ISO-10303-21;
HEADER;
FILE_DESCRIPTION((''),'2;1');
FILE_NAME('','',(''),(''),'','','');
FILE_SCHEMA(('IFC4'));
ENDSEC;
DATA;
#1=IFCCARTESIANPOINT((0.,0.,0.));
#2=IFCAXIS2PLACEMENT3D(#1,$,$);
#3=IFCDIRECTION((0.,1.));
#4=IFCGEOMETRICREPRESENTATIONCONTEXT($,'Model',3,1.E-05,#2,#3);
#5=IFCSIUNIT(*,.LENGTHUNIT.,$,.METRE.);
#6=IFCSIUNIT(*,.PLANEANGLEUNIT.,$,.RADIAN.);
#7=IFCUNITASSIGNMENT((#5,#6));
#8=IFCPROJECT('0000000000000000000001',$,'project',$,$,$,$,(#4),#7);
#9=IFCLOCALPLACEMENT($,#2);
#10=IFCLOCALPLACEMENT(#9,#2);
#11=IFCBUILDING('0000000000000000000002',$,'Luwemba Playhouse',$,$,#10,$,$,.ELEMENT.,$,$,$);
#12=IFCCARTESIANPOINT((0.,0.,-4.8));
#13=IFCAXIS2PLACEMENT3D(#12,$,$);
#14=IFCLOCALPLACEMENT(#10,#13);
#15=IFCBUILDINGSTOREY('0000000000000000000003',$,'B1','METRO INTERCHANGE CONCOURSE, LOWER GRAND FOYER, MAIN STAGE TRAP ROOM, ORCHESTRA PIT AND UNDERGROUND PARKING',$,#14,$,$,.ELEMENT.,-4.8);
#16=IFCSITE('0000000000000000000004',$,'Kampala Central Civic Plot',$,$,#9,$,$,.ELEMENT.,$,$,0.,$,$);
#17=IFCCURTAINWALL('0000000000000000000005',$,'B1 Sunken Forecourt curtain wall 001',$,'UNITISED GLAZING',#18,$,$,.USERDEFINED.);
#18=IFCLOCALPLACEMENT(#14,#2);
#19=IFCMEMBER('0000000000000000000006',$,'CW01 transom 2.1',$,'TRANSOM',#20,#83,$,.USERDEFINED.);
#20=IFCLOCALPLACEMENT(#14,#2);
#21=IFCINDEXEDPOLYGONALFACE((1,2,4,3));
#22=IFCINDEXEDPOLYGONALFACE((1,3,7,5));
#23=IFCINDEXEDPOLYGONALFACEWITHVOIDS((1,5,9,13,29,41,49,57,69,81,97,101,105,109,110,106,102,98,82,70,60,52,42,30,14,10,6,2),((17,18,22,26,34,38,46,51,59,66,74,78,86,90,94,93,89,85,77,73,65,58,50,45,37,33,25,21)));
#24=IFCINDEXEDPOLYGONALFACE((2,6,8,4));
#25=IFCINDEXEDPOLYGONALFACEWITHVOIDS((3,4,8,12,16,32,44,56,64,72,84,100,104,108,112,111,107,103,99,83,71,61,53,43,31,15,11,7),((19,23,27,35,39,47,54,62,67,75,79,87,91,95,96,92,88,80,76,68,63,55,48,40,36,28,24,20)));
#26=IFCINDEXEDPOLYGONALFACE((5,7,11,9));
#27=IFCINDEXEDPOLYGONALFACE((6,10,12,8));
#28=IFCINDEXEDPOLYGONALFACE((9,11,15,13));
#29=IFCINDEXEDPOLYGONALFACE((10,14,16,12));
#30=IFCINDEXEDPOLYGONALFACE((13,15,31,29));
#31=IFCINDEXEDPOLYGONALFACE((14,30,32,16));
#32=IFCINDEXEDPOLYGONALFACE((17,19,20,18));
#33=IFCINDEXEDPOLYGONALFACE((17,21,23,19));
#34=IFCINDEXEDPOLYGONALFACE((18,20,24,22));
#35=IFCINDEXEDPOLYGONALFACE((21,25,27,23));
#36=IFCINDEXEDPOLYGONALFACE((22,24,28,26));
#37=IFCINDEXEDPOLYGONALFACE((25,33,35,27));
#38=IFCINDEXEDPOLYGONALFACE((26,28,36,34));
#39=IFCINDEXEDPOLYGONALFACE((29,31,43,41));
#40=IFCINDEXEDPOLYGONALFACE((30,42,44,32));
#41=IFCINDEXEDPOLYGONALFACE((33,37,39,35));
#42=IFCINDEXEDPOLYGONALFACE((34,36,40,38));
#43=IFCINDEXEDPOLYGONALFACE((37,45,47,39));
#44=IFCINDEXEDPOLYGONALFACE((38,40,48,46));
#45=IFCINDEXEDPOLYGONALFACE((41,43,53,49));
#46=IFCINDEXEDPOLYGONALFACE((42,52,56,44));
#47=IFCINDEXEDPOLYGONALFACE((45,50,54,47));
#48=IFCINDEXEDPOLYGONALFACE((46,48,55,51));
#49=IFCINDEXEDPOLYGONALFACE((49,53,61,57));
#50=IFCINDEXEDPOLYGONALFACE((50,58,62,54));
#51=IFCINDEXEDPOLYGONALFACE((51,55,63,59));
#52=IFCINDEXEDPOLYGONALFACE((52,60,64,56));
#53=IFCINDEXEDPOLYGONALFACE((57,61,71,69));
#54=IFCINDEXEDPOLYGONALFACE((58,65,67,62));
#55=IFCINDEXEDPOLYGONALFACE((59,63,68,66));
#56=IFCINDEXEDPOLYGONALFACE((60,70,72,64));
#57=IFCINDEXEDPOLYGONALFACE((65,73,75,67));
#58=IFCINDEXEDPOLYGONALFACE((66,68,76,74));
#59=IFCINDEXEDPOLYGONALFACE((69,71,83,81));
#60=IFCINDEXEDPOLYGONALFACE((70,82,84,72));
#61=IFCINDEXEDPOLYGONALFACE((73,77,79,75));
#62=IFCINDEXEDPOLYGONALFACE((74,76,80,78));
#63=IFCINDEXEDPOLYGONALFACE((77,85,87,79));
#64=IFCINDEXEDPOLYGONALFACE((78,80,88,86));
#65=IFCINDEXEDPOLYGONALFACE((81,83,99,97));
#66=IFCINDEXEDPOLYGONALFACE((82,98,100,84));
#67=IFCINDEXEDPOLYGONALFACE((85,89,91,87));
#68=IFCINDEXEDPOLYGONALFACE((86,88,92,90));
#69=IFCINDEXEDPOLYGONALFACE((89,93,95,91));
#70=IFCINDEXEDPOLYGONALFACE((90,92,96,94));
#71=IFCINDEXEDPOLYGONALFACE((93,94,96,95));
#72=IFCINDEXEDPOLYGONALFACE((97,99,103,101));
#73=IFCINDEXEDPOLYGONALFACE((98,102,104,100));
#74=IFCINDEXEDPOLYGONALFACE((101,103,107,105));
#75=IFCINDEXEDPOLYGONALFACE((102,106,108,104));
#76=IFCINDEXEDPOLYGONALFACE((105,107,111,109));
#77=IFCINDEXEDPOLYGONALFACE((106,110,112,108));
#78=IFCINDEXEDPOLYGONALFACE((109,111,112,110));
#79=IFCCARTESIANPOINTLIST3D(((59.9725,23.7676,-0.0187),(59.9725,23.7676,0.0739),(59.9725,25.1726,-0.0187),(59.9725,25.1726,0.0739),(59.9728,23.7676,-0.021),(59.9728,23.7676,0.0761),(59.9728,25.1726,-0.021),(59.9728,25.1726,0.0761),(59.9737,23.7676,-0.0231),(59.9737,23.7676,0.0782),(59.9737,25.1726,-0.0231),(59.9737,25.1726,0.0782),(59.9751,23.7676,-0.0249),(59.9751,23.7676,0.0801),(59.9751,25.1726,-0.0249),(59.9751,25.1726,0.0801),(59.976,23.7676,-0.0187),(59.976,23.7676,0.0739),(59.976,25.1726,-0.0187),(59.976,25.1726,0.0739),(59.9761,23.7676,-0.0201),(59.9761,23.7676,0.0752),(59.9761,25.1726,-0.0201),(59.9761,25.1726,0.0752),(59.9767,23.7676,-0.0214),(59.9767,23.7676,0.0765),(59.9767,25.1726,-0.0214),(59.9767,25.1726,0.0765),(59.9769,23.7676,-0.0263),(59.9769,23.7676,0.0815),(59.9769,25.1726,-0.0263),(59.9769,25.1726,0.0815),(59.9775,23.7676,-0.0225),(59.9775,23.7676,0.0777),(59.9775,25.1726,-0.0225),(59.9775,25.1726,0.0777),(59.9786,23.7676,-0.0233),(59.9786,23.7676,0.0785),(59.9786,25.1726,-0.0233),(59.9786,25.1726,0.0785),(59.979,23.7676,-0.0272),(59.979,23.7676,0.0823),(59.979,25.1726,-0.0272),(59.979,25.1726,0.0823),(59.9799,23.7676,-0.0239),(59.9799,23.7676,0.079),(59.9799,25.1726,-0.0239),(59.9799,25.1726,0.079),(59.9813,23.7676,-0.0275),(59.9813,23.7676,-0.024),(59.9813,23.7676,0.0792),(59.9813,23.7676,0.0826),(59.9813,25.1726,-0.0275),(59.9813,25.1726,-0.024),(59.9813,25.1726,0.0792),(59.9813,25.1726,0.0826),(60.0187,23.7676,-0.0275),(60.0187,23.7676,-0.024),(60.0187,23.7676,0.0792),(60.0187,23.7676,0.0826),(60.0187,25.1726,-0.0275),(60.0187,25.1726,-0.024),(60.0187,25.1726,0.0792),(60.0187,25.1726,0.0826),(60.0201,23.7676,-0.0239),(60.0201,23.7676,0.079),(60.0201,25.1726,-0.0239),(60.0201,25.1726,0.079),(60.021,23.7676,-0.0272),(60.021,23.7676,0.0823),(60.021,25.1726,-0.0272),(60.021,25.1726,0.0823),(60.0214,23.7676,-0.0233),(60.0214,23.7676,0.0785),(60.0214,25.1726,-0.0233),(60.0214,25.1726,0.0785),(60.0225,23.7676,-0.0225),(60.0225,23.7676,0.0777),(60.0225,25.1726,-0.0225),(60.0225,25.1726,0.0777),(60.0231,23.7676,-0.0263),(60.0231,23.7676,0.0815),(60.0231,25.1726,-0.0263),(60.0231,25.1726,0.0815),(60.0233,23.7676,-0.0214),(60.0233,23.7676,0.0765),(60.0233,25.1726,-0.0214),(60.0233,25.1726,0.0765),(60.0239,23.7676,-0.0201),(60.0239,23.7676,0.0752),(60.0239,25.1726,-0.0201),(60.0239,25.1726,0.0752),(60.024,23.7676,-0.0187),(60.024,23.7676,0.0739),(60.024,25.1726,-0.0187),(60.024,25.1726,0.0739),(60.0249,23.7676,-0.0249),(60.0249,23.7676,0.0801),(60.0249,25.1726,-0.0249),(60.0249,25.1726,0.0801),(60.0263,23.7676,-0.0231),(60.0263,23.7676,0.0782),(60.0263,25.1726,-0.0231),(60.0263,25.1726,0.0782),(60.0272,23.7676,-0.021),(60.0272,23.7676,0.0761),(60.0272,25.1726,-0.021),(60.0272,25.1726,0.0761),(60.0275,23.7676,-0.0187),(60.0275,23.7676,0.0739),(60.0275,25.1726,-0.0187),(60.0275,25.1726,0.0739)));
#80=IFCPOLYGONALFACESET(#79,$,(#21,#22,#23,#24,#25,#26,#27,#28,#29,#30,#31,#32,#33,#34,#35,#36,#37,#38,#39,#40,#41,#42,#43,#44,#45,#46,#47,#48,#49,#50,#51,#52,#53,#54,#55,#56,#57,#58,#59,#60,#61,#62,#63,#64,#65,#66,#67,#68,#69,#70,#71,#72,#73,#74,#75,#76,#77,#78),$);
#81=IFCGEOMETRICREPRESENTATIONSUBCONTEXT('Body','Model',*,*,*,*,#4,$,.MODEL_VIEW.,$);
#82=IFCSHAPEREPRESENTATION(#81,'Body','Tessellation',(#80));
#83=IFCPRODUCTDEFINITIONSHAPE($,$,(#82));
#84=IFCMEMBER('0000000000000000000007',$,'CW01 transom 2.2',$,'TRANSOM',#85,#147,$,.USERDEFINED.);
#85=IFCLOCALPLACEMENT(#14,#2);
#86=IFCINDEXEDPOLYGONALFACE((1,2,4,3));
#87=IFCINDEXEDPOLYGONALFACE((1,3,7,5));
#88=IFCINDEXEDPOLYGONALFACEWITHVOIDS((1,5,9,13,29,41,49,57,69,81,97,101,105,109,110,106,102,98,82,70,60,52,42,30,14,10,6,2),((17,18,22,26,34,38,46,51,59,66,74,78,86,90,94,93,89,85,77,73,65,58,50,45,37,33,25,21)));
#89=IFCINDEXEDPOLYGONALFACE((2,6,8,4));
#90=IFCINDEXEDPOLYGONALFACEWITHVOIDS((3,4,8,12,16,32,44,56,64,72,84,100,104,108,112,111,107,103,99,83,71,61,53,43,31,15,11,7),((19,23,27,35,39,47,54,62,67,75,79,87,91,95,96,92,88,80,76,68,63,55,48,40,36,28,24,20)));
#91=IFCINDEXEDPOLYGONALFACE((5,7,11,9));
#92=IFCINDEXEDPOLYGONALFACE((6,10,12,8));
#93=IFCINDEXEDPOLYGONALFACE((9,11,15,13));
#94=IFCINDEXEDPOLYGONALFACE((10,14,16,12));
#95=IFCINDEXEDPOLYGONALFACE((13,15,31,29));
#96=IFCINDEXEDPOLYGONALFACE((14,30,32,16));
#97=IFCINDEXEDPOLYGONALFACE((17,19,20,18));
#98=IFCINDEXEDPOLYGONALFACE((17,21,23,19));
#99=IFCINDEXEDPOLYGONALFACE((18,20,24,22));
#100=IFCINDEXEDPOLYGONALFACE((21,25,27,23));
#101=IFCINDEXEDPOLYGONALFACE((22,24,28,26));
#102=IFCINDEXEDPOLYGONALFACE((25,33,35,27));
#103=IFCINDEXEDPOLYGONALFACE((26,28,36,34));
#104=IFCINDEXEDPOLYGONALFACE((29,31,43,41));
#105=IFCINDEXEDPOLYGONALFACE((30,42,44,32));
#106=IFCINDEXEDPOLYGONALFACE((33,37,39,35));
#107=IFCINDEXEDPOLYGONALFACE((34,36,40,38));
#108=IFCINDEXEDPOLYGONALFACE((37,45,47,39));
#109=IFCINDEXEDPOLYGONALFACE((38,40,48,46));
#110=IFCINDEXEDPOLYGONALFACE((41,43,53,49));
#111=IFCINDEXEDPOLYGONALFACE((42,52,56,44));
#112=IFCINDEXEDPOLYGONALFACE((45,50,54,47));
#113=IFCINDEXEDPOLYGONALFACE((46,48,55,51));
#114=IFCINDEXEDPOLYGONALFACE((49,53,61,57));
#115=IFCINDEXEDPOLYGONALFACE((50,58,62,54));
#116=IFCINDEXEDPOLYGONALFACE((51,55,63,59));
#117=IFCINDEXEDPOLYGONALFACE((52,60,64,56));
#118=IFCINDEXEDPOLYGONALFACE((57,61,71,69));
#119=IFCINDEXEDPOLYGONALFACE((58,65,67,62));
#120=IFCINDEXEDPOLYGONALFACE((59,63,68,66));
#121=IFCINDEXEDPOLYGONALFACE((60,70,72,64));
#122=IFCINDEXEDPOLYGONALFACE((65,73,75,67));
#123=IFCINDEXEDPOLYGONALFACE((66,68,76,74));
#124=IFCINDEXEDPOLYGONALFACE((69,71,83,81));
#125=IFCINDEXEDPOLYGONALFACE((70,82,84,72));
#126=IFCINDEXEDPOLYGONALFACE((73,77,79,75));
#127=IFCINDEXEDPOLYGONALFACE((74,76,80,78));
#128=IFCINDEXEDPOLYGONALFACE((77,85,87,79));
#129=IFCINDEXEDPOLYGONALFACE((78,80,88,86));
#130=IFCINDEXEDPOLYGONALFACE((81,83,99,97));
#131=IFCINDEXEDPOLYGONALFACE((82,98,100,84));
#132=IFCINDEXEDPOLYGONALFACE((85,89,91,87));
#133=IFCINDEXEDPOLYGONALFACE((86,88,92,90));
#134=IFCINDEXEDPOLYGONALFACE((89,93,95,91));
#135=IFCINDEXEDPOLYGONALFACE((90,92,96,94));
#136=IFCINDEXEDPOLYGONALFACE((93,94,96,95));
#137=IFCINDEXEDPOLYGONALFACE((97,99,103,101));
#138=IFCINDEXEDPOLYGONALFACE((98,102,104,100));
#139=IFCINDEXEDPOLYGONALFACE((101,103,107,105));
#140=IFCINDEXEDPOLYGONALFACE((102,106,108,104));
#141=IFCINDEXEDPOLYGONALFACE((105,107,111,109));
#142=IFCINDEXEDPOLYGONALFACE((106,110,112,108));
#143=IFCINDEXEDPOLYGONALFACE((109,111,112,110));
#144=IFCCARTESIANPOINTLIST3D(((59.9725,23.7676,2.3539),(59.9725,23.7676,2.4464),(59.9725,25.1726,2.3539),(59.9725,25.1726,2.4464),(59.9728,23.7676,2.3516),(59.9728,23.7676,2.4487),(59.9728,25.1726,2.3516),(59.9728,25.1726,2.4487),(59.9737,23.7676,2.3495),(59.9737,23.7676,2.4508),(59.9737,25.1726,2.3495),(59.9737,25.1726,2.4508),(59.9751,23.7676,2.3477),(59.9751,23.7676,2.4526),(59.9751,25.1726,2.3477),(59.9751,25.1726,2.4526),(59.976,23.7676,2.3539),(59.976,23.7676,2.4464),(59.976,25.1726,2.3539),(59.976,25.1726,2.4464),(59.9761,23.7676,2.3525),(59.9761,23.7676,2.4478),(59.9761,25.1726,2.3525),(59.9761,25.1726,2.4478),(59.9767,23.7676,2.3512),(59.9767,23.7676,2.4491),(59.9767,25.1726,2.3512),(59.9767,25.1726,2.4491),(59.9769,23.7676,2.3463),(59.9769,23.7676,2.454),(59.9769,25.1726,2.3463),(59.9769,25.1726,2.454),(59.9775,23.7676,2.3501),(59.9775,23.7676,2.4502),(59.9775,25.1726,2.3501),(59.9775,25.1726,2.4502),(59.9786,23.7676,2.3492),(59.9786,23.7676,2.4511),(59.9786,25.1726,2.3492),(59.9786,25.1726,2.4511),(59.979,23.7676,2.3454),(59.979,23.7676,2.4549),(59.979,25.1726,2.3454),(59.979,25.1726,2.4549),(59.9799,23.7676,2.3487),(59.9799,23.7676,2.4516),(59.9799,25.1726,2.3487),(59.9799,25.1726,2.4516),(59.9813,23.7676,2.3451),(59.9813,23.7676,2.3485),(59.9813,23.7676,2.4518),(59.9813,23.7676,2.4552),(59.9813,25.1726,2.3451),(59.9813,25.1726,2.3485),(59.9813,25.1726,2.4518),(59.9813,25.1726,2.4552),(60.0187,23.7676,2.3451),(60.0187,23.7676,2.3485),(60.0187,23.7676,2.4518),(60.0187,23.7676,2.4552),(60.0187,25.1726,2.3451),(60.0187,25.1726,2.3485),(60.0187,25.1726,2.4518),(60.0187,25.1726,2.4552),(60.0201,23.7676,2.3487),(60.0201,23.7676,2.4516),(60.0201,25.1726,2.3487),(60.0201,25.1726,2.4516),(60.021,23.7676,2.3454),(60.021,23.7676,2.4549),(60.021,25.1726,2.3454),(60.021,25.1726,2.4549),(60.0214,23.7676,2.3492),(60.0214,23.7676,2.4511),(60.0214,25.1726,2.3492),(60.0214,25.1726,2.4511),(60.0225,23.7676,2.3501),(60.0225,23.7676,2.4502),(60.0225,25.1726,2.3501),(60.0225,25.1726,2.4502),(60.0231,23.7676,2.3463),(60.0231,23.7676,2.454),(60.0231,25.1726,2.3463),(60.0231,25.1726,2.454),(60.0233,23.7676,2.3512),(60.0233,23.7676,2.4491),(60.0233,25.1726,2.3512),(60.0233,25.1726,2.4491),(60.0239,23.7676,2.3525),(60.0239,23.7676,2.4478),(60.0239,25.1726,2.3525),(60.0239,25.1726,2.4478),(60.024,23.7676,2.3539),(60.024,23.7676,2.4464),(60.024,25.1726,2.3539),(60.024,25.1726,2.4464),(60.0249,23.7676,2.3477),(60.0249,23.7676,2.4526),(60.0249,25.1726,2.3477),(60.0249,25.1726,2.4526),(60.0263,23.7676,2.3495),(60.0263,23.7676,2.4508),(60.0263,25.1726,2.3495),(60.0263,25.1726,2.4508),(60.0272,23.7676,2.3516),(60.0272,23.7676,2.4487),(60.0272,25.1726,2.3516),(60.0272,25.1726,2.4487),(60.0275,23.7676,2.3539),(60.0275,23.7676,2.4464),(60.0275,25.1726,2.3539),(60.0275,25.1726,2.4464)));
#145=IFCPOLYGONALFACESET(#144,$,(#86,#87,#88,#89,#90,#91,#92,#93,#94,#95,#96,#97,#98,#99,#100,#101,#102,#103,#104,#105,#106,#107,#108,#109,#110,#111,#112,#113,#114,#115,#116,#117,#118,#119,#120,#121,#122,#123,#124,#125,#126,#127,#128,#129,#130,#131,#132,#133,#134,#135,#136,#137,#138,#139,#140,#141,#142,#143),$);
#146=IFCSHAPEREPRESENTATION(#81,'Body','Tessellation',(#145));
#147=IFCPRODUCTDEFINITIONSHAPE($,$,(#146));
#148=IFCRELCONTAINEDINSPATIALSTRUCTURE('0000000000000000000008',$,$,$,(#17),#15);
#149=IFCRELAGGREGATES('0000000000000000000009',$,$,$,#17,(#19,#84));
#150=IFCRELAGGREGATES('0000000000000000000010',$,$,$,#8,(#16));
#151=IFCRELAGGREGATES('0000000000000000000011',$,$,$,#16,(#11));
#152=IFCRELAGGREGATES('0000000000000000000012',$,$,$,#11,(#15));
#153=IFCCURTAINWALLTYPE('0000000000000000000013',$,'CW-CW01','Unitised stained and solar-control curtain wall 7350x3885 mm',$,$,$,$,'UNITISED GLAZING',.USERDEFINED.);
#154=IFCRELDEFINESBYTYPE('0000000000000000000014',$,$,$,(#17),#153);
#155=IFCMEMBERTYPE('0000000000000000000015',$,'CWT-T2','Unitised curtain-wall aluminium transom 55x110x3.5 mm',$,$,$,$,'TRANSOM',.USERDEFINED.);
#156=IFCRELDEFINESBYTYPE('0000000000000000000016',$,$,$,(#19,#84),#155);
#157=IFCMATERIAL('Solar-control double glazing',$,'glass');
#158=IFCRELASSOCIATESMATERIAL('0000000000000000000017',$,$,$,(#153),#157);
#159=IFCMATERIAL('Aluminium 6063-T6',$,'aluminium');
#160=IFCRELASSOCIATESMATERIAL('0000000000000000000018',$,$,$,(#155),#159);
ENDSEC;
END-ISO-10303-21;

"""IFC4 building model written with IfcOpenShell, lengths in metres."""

from ifc_helpers import new_model, si_unit, direction, frame, origin, origin_2d, place, context, subcontext, project, spatial, hollow_rectangle, extrude, material, material_profile, profile_set, type_object, element, aggregate, save


model = new_model("IFC4")

# Units and contexts
model_context = context("Model", 3, precision=1e-05, world=origin(), true_north=direction((0.0, 1.0)))
body_context = subcontext(model_context, "Body", "Model", "MODEL_VIEW")
ifc_project = project(units=[si_unit("LENGTHUNIT", "METRE"), si_unit("PLANEANGLEUNIT", "RADIAN")], contexts=[model_context])

# Site, building, storey
site_placement = place(None, origin())
site = spatial("IfcSite", under=ifc_project, at=site_placement, Name="Kampala Central Civic Plot", CompositionType="ELEMENT", RefElevation=0.0)
building_placement = place(site_placement, origin())
building = spatial("IfcBuilding", under=site, at=building_placement, Name="Luwemba Playhouse", CompositionType="ELEMENT")
storey_placement = place(building_placement, frame((0.0, 0.0, -4.8)))
storey = spatial("IfcBuildingStorey", under=building, at=storey_placement, Name="B1", Description="METRO INTERCHANGE CONCOURSE, LOWER GRAND FOYER, MAIN STAGE TRAP ROOM, ORCHESTRA PIT AND UNDERGROUND PARKING", CompositionType="ELEMENT", Elevation=-4.8)

# Curtain wall, members
ifc_material_1 = material(Name="Solar-control double glazing", Category="glass")
curtain_wall_type = type_object("IfcCurtainWallType", Name="CW-CW01", Description="Unitised stained and solar-control curtain wall 7350x3885 mm", ElementType="UNITISED GLAZING", PredefinedType="USERDEFINED", material=ifc_material_1)
curtain_wall_placement = place(storey_placement, origin())
curtain_wall = element("IfcCurtainWall", 1, at=curtain_wall_placement, inside=storey, type_object=curtain_wall_type, Name="B1 Sunken Forecourt curtain wall 001", ObjectType="UNITISED GLAZING", PredefinedType="USERDEFINED")
ifc_material_2 = material(Name="Aluminium 6063-T6", Category="aluminium")
ifc_material_profile_1 = material_profile(ifc_material_2, hollow_rectangle(XDim=0.0549, YDim=0.1101, WallThickness=0.0034, InnerFilletRadius=0.0054, OuterFilletRadius=0.0088, at=origin_2d()))
ifc_profile_set_1 = profile_set([ifc_material_profile_1], Name="Aluminium 6063-T6")
member_type_1 = type_object("IfcMemberType", Name="CWT-T2", Description="Unitised curtain-wall aluminium transom 55x110x3.5 mm", ElementType="TRANSOM", PredefinedType="USERDEFINED", material=ifc_profile_set_1)
member_1_placement = place(storey_placement, frame((60.0, 25.1726, 0.0276), z_axis=(0.0, -1.0, 0.0), x_axis=(1.0, 0.0, 0.0)))
member_1 = element("IfcMember", 2, at=member_1_placement, type_object=member_type_1, Name="CW01 transom 2.1", ObjectType="TRANSOM", PredefinedType="USERDEFINED", context=body_context, shape_type="SweptSolid", body=[
    extrude(hollow_rectangle(XDim=0.0549, YDim=0.1101, WallThickness=0.0034, InnerFilletRadius=0.0054, OuterFilletRadius=0.0088, at=origin_2d()), origin(), (0.0, 0.0, 1.0), 1.405),
])
member_2_placement = place(storey_placement, frame((60.0, 25.1726, 2.4001), z_axis=(0.0, -1.0, 0.0), x_axis=(1.0, 0.0, 0.0)))
member_2 = element("IfcMember", 3, at=member_2_placement, type_object=member_type_1, Name="CW01 transom 2.2", ObjectType="TRANSOM", PredefinedType="USERDEFINED", context=body_context, shape_type="SweptSolid", body=[
    extrude(hollow_rectangle(XDim=0.0549, YDim=0.1101, WallThickness=0.0034, InnerFilletRadius=0.0054, OuterFilletRadius=0.0088, at=origin_2d()), origin(), (0.0, 0.0, 1.0), 1.405),
])
aggregate(curtain_wall, [member_1, member_2])

save(model, "model.ifc")
